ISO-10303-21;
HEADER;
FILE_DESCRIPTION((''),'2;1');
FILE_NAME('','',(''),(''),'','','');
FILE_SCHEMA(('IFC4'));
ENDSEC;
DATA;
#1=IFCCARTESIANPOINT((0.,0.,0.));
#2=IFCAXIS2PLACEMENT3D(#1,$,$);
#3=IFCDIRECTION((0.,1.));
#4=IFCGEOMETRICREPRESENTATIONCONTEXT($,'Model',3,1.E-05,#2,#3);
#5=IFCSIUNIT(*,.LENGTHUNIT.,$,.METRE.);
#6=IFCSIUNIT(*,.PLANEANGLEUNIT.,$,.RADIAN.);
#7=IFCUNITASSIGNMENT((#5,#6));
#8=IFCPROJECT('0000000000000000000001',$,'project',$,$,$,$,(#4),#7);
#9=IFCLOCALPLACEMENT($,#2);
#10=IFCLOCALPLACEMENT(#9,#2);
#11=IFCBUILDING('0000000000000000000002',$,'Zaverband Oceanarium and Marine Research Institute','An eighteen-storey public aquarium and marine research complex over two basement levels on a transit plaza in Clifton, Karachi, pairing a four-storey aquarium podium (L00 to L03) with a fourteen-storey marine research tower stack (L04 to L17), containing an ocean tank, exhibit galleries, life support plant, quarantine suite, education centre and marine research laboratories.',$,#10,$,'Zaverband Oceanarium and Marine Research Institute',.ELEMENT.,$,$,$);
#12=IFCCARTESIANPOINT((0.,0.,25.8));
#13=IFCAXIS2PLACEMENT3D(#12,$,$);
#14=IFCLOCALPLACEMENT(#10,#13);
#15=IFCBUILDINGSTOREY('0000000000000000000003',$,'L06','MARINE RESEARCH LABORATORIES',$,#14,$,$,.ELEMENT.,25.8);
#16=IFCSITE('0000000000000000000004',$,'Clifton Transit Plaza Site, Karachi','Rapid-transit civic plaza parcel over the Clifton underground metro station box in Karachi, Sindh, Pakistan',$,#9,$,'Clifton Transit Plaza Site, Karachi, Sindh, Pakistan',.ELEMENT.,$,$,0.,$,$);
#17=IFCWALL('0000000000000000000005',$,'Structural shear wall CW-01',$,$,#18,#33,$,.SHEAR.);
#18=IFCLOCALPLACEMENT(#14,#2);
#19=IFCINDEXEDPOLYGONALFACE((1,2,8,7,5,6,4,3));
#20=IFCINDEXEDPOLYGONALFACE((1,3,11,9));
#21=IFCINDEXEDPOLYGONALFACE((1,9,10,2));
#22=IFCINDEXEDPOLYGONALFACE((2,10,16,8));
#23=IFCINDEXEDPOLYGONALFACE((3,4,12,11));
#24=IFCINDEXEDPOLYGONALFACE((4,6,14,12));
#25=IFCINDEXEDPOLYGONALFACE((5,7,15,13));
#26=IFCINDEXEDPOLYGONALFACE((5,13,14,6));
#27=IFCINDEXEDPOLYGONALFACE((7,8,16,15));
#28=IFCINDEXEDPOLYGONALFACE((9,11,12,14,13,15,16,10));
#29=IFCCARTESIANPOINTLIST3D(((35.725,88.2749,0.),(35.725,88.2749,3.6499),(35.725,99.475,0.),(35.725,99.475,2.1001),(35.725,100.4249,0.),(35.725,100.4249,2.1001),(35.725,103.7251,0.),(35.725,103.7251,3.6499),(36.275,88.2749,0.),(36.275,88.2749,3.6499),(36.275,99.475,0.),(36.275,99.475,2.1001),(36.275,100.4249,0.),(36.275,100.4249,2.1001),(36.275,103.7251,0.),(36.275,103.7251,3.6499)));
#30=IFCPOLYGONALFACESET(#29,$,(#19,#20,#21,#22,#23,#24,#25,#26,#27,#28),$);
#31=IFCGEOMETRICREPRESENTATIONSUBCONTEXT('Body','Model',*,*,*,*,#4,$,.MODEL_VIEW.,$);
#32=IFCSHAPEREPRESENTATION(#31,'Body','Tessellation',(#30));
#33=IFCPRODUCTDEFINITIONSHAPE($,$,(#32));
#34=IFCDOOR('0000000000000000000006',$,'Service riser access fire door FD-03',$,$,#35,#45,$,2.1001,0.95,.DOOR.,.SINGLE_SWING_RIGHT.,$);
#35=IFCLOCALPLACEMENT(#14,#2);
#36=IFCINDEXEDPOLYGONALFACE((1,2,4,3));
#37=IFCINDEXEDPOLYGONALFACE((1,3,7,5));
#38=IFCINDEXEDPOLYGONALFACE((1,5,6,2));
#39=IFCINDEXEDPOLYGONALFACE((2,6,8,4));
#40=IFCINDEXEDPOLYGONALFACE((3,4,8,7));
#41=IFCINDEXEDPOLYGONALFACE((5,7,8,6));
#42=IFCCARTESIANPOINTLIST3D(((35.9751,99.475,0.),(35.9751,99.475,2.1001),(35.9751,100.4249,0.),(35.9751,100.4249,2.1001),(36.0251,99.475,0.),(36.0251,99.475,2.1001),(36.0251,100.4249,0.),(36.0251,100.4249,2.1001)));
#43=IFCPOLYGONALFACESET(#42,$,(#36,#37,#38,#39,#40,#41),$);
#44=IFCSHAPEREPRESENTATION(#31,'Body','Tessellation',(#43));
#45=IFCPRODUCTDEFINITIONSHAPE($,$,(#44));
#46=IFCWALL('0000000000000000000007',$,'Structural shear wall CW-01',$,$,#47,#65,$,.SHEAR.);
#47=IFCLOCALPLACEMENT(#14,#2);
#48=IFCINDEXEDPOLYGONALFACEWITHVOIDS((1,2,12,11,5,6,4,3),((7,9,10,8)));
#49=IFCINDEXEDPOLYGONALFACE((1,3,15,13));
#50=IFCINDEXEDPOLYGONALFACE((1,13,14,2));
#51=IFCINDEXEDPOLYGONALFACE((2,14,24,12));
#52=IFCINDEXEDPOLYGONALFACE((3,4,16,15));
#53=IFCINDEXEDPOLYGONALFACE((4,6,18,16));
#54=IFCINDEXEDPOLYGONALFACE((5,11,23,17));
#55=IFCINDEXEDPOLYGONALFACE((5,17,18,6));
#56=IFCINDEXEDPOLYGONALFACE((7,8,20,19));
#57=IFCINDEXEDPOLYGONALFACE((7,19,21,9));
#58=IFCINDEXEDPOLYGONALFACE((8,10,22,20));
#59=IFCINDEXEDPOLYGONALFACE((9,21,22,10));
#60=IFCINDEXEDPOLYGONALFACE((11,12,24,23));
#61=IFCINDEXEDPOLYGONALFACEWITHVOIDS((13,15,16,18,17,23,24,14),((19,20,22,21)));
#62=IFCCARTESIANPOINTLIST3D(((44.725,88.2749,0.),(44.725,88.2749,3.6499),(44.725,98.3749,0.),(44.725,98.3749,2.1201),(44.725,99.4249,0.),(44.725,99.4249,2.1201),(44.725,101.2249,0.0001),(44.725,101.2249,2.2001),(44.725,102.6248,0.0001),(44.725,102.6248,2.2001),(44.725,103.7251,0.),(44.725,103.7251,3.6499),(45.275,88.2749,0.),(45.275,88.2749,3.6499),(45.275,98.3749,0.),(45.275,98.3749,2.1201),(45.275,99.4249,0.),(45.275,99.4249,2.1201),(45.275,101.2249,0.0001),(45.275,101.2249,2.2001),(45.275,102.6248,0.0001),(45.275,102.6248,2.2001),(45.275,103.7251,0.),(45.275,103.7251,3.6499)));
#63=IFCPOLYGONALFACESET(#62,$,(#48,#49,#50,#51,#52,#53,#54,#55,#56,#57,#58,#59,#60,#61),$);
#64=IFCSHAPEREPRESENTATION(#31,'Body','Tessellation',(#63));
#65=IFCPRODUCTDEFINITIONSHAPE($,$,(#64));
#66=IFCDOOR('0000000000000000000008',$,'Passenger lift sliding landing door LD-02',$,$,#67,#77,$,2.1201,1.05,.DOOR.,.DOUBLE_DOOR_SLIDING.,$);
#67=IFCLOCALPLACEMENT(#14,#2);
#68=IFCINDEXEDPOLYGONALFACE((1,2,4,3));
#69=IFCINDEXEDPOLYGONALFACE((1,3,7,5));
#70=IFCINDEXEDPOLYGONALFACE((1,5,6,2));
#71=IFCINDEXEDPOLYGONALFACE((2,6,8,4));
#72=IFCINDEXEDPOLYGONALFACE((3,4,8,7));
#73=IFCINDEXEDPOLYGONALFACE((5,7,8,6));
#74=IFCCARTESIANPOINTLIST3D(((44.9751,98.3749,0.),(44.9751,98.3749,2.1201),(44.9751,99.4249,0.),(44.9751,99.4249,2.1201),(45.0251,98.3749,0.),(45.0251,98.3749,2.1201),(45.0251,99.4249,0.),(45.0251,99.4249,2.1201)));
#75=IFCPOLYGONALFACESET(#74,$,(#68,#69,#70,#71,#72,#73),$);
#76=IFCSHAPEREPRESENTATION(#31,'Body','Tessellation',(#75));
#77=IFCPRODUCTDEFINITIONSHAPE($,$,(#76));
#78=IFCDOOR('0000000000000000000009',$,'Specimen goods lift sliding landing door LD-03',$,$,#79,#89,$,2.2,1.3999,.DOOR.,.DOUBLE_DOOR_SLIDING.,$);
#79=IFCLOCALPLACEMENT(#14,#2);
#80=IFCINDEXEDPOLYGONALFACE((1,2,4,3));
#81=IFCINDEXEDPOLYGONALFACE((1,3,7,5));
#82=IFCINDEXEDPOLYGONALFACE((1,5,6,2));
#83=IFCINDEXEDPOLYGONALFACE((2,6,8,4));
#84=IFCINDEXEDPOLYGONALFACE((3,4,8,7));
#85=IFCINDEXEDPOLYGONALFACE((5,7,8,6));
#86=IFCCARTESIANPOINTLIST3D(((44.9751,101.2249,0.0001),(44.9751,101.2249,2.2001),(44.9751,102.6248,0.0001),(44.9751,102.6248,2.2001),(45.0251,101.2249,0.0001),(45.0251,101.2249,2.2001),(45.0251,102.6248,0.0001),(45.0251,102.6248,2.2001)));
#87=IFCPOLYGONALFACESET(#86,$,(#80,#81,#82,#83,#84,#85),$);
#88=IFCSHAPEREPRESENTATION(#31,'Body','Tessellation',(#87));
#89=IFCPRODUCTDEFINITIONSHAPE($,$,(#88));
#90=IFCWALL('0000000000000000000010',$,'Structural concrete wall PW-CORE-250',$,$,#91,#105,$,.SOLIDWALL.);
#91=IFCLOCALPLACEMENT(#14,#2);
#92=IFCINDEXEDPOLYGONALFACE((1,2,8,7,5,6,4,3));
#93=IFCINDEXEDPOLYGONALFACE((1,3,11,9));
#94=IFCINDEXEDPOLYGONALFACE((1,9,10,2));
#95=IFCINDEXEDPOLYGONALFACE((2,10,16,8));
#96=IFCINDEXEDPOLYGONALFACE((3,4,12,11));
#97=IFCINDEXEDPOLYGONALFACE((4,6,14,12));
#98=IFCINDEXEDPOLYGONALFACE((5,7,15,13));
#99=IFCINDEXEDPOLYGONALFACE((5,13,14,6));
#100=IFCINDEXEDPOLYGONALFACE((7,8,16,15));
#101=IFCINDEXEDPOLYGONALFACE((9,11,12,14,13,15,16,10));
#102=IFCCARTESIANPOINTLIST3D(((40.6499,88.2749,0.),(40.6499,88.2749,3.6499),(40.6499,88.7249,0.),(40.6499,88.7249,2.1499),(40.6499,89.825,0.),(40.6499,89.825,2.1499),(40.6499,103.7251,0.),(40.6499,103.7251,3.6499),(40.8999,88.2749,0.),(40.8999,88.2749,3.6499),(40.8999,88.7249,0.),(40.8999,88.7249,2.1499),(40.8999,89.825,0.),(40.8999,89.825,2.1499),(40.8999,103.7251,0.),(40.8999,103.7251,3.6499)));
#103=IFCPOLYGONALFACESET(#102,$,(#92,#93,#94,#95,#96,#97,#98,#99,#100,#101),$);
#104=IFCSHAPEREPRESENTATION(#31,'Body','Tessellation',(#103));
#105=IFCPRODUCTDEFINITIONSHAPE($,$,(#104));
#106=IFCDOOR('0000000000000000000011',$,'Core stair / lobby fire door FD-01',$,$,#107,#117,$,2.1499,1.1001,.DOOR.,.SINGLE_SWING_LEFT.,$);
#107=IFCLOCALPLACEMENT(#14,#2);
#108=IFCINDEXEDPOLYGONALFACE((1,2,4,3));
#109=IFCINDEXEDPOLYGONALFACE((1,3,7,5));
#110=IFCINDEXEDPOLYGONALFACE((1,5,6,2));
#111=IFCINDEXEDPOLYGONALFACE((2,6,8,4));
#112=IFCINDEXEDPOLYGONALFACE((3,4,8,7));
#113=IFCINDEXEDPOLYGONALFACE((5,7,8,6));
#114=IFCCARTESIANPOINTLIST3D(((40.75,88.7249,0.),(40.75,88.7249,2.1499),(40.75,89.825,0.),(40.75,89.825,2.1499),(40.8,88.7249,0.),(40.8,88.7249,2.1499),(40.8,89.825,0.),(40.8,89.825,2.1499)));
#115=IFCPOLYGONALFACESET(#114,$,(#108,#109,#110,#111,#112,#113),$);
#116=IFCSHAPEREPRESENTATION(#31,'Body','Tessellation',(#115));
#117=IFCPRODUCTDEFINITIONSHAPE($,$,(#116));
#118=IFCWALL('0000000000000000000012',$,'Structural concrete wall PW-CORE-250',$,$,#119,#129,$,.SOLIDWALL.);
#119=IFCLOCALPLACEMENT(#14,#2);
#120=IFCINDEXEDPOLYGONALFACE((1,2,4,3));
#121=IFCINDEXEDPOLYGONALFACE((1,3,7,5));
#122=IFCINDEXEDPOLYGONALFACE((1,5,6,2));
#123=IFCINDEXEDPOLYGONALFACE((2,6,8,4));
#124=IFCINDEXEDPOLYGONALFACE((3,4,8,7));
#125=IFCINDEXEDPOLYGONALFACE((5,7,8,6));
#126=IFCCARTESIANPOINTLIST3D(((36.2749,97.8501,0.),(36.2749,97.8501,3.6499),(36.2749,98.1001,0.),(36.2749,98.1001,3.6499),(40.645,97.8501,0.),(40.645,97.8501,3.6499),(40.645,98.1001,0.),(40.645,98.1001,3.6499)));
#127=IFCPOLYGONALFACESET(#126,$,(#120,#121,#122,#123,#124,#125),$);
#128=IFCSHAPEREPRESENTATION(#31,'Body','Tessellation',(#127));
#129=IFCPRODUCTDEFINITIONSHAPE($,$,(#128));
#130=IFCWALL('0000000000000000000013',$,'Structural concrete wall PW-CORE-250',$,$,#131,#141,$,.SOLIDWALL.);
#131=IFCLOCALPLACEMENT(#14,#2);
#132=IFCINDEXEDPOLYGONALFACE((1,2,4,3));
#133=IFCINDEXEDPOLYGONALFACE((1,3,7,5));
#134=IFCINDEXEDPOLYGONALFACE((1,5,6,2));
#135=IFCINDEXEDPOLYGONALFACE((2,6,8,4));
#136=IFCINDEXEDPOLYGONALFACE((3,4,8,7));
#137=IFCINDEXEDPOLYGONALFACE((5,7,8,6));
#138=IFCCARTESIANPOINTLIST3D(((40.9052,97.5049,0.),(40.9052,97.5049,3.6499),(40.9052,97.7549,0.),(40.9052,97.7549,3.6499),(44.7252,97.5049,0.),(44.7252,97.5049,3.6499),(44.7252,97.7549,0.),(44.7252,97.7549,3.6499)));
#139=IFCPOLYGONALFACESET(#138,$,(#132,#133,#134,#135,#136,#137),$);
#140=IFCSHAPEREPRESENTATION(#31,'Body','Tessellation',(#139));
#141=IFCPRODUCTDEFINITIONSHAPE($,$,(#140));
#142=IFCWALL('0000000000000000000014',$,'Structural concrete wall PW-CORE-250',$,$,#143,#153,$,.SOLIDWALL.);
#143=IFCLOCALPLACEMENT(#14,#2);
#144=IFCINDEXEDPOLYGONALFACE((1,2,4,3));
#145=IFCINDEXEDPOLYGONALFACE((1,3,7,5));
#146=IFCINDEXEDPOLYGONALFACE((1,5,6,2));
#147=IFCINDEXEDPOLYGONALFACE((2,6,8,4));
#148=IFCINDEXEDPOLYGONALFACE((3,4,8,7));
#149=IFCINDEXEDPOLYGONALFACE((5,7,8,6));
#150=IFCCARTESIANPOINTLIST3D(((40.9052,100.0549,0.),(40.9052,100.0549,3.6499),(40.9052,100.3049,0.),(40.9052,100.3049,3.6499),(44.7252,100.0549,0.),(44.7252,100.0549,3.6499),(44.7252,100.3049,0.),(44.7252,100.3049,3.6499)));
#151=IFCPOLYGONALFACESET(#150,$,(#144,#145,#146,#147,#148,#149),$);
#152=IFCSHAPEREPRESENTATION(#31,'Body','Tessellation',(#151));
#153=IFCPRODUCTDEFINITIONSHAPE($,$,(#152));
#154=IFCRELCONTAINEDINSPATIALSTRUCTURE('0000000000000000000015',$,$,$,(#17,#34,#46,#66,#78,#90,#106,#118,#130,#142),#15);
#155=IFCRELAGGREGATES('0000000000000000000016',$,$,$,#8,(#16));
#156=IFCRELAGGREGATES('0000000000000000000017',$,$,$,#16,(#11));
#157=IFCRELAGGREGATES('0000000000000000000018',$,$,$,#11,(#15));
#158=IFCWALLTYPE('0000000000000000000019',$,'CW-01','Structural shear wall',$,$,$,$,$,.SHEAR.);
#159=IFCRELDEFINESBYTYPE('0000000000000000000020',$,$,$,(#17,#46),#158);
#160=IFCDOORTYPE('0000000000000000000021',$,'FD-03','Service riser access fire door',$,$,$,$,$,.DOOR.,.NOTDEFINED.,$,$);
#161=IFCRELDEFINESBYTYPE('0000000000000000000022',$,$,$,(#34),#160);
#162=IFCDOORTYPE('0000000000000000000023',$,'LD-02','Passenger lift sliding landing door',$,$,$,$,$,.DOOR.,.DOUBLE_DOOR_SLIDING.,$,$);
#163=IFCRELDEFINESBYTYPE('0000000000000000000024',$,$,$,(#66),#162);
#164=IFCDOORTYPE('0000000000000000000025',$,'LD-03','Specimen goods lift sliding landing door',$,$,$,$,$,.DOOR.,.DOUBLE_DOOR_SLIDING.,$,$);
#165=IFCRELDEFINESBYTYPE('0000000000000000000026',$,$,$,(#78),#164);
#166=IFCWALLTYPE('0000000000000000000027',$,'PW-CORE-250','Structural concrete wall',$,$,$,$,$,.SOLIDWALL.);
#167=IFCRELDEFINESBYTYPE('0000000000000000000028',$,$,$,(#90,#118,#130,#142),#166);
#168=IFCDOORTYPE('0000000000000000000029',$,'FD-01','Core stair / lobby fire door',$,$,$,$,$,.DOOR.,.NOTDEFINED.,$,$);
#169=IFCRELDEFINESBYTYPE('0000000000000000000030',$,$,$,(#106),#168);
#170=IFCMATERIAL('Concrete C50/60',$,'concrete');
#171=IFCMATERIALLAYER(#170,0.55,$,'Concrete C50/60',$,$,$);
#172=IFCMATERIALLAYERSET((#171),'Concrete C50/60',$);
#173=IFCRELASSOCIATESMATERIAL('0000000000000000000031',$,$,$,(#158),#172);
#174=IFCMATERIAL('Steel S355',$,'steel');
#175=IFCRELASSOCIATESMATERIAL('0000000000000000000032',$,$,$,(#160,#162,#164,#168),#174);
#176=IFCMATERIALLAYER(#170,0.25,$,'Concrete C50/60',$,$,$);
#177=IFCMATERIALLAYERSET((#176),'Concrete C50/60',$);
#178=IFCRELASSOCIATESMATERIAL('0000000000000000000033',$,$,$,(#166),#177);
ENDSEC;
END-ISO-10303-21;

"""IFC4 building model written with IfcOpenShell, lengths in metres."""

from ifc_helpers import new_model, si_unit, direction, frame, frame_2d, origin, place, context, subcontext, project, spatial, rectangle, extrude, material, layer, layer_set, type_object, element, fill, save


model = new_model("IFC4")

# Units and contexts
model_context = context("Model", 3, precision=1e-05, world=origin(), true_north=direction((0.0, 1.0)))
body_context = subcontext(model_context, "Body", "Model", "MODEL_VIEW")
ifc_project = project(units=[si_unit("LENGTHUNIT", "METRE"), si_unit("PLANEANGLEUNIT", "RADIAN")], contexts=[model_context])

# Site, building, storey
site_placement = place(None, origin())
site = spatial("IfcSite", under=ifc_project, at=site_placement, Name="Clifton Transit Plaza Site, Karachi", Description="Rapid-transit civic plaza parcel over the Clifton underground metro station box in Karachi, Sindh, Pakistan", LongName="Clifton Transit Plaza Site, Karachi, Sindh, Pakistan", CompositionType="ELEMENT", RefElevation=0.0)
building_placement = place(site_placement, origin())
building = spatial("IfcBuilding", under=site, at=building_placement, Name="Zaverband Oceanarium and Marine Research Institute", Description="An eighteen-storey public aquarium and marine research complex over two basement levels on a transit plaza in Clifton, Karachi, pairing a four-storey aquarium podium (L00 to L03) with a fourteen-storey marine research tower stack (L04 to L17), containing an ocean tank, exhibit galleries, life support plant, quarantine suite, education centre and marine research laboratories.", LongName="Zaverband Oceanarium and Marine Research Institute", CompositionType="ELEMENT")
storey_placement = place(building_placement, frame((0.0, 0.0, 25.8)))
storey = spatial("IfcBuildingStorey", under=building, at=storey_placement, Name="L06", Description="MARINE RESEARCH LABORATORIES", CompositionType="ELEMENT", Elevation=25.8)

# Shared definitions
ifc_material_1 = material(Name="Concrete C50/60", Category="concrete")

# Shared definitions
ifc_layer_1 = layer(ifc_material_1, 0.55, Name="Concrete C50/60")
ifc_layer_set_1 = layer_set([ifc_layer_1], Name="Concrete C50/60")
wall_type_1 = type_object("IfcWallType", Name="CW-01", Description="Structural shear wall", PredefinedType="SHEAR", material=ifc_layer_set_1)
ifc_material_2 = material(Name="Steel S355", Category="steel")

# Wall, opening, door
wall_1_placement = place(storey_placement, frame((36.0, 88.2749, 0.0), z_axis=(0.0, 0.0, 1.0), x_axis=(0.0, 1.0, 0.0)))
wall_1 = element("IfcWall", 1, at=wall_1_placement, inside=storey, type_object=wall_type_1, Name="Structural shear wall CW-01", PredefinedType="SHEAR", context=body_context, shape_type="SweptSolid", body=[
    extrude(rectangle(XDim=15.4502, YDim=0.55, at=frame_2d((7.7251, 0.0))), origin(), (0.0, 0.0, 1.0), 3.6499),
])
opening_1_placement = place(wall_1_placement, frame((11.2, 0.0, 0.0)))
opening_1 = element("IfcOpeningElement", 2, at=opening_1_placement, cuts=wall_1, PredefinedType="OPENING", context=body_context, shape_type="SweptSolid", body=[
    extrude(rectangle(XDim=0.95, YDim=2.1001, at=frame_2d((0.4751, 1.05))), frame((0.0, 0.2871, 0.0), z_axis=(0.0, -1.0, 0.0), x_axis=(1.0, 0.0, 0.0)), (0.0, 0.0, 1.0), 0.574),
])
door_type_1 = type_object("IfcDoorType", Name="FD-03", Description="Service riser access fire door", OperationType="NOTDEFINED", PredefinedType="DOOR", material=ifc_material_2)
door_1_placement = place(opening_1_placement, origin())
door_1 = element("IfcDoor", 3, at=door_1_placement, inside=storey, type_object=door_type_1, Name="Service riser access fire door FD-03", OperationType="SINGLE_SWING_RIGHT", OverallHeight=2.1001, OverallWidth=0.95, PredefinedType="DOOR", context=body_context, shape_type="SweptSolid", body=[
    extrude(rectangle(XDim=0.95, YDim=2.1001, at=frame_2d((0.4751, 1.05))), frame((0.0, 0.0249, 0.0), z_axis=(0.0, -1.0, 0.0), x_axis=(1.0, 0.0, 0.0)), (0.0, 0.0, 1.0), 0.05),
])
fill(opening_1, door_1)

# Wall, openings, doors
wall_2_placement = place(storey_placement, frame((45.0, 88.2749, 0.0), z_axis=(0.0, 0.0, 1.0), x_axis=(0.0, 1.0, 0.0)))
wall_2 = element("IfcWall", 4, at=wall_2_placement, inside=storey, type_object=wall_type_1, Name="Structural shear wall CW-01", PredefinedType="SHEAR", context=body_context, shape_type="SweptSolid", body=[
    extrude(rectangle(XDim=15.4502, YDim=0.55, at=frame_2d((7.7251, 0.0))), origin(), (0.0, 0.0, 1.0), 3.6499),
])
opening_2_placement = place(wall_2_placement, frame((10.1001, 0.0, 0.0)))
opening_2 = element("IfcOpeningElement", 5, at=opening_2_placement, cuts=wall_2, PredefinedType="OPENING", context=body_context, shape_type="SweptSolid", body=[
    extrude(rectangle(XDim=1.05, YDim=2.1201, at=frame_2d((0.5249, 1.0601))), frame((0.0, 0.2871, 0.0), z_axis=(0.0, -1.0, 0.0), x_axis=(1.0, 0.0, 0.0)), (0.0, 0.0, 1.0), 0.574),
])
opening_3_placement = place(wall_2_placement, frame((12.95, 0.0, 0.0)))
opening_3 = element("IfcOpeningElement", 6, at=opening_3_placement, cuts=wall_2, PredefinedType="OPENING", context=body_context, shape_type="SweptSolid", body=[
    extrude(rectangle(XDim=1.3999, YDim=2.2, at=frame_2d((0.7, 1.1001))), frame((0.0, 0.2871, 0.0), z_axis=(0.0, -1.0, 0.0), x_axis=(1.0, 0.0, 0.0)), (0.0, 0.0, 1.0), 0.574),
])
door_type_2 = type_object("IfcDoorType", Name="LD-02", Description="Passenger lift sliding landing door", OperationType="DOUBLE_DOOR_SLIDING", PredefinedType="DOOR", material=ifc_material_2)
door_2_placement = place(opening_2_placement, origin())
door_2 = element("IfcDoor", 7, at=door_2_placement, inside=storey, type_object=door_type_2, Name="Passenger lift sliding landing door LD-02", OperationType="DOUBLE_DOOR_SLIDING", OverallHeight=2.1201, OverallWidth=1.05, PredefinedType="DOOR", context=body_context, shape_type="SweptSolid", body=[
    extrude(rectangle(XDim=1.05, YDim=2.1201, at=frame_2d((0.5249, 1.0601))), frame((0.0, 0.0249, 0.0), z_axis=(0.0, -1.0, 0.0), x_axis=(1.0, 0.0, 0.0)), (0.0, 0.0, 1.0), 0.05),
])
fill(opening_2, door_2)
door_type_3 = type_object("IfcDoorType", Name="LD-03", Description="Specimen goods lift sliding landing door", OperationType="DOUBLE_DOOR_SLIDING", PredefinedType="DOOR", material=ifc_material_2)
door_3_placement = place(opening_3_placement, origin())
door_3 = element("IfcDoor", 8, at=door_3_placement, inside=storey, type_object=door_type_3, Name="Specimen goods lift sliding landing door LD-03", OperationType="DOUBLE_DOOR_SLIDING", OverallHeight=2.2, OverallWidth=1.3999, PredefinedType="DOOR", context=body_context, shape_type="SweptSolid", body=[
    extrude(rectangle(XDim=1.3999, YDim=2.2, at=frame_2d((0.7, 1.1001))), frame((0.0, 0.0249, 0.0), z_axis=(0.0, -1.0, 0.0), x_axis=(1.0, 0.0, 0.0)), (0.0, 0.0, 1.0), 0.05),
])
fill(opening_3, door_3)

# Wall, opening, door
ifc_layer_2 = layer(ifc_material_1, 0.25, Name="Concrete C50/60")
ifc_layer_set_2 = layer_set([ifc_layer_2], Name="Concrete C50/60")
wall_type_2 = type_object("IfcWallType", Name="PW-CORE-250", Description="Structural concrete wall", PredefinedType="SOLIDWALL", material=ifc_layer_set_2)
wall_3_placement = place(storey_placement, frame((40.7749, 88.2749, 0.0), z_axis=(0.0, 0.0, 1.0), x_axis=(0.0, 1.0, 0.0)))
wall_3 = element("IfcWall", 9, at=wall_3_placement, inside=storey, type_object=wall_type_2, Name="Structural concrete wall PW-CORE-250", PredefinedType="SOLIDWALL", context=body_context, shape_type="SweptSolid", body=[
    extrude(rectangle(XDim=15.4502, YDim=0.25, at=frame_2d((7.7251, 0.0))), origin(), (0.0, 0.0, 1.0), 3.6499),
])
opening_4_placement = place(wall_3_placement, frame((0.45, 0.0, 0.0)))
opening_4 = element("IfcOpeningElement", 10, at=opening_4_placement, cuts=wall_3, PredefinedType="OPENING", context=body_context, shape_type="SweptSolid", body=[
    extrude(rectangle(XDim=1.1001, YDim=2.1499, at=frame_2d((0.55, 1.075))), frame((0.0, 0.137, 0.0), z_axis=(0.0, -1.0, 0.0), x_axis=(1.0, 0.0, 0.0)), (0.0, 0.0, 1.0), 0.2739),
])
door_type_4 = type_object("IfcDoorType", Name="FD-01", Description="Core stair / lobby fire door", OperationType="NOTDEFINED", PredefinedType="DOOR", material=ifc_material_2)
door_4_placement = place(opening_4_placement, origin())
door_4 = element("IfcDoor", 11, at=door_4_placement, inside=storey, type_object=door_type_4, Name="Core stair / lobby fire door FD-01", OperationType="SINGLE_SWING_LEFT", OverallHeight=2.1499, OverallWidth=1.1001, PredefinedType="DOOR", context=body_context, shape_type="SweptSolid", body=[
    extrude(rectangle(XDim=1.1001, YDim=2.1499, at=frame_2d((0.55, 1.075))), frame((0.0, 0.0249, 0.0), z_axis=(0.0, -1.0, 0.0), x_axis=(1.0, 0.0, 0.0)), (0.0, 0.0, 1.0), 0.05),
])
fill(opening_4, door_4)

# Wall
wall_4_placement = place(storey_placement, frame((36.2749, 97.9751, 0.0), z_axis=(0.0, 0.0, 1.0), x_axis=(1.0, 0.0, 0.0)))
element("IfcWall", 12, at=wall_4_placement, inside=storey, type_object=wall_type_2, Name="Structural concrete wall PW-CORE-250", PredefinedType="SOLIDWALL", context=body_context, shape_type="SweptSolid", body=[
    extrude(rectangle(XDim=4.3701, YDim=0.25, at=frame_2d((2.1851, 0.0))), origin(), (0.0, 0.0, 1.0), 3.6499),
])

# Walls
for number, where, z_axis, x_axis, name in (
    (13, (40.905, 97.6299, 0.0), (0.0, 0.0, 1.0), (1.0, 0.0, 0.0), "Structural concrete wall PW-CORE-250"),
    (14, (40.905, 100.1799, 0.0), (0.0, 0.0, 1.0), (1.0, 0.0, 0.0), "Structural concrete wall PW-CORE-250"),
):
    element("IfcWall", number, at=place(storey_placement, frame(where, z_axis=z_axis, x_axis=x_axis)), inside=storey, type_object=wall_type_2, Name=name, PredefinedType="SOLIDWALL", context=body_context, shape_type="SweptSolid", body=[
        extrude(rectangle(XDim=3.8201, YDim=0.25, at=frame_2d((1.9102, 0.0))), origin(), (0.0, 0.0, 1.0), 3.6499),
    ])

save(model, "model.ifc")
